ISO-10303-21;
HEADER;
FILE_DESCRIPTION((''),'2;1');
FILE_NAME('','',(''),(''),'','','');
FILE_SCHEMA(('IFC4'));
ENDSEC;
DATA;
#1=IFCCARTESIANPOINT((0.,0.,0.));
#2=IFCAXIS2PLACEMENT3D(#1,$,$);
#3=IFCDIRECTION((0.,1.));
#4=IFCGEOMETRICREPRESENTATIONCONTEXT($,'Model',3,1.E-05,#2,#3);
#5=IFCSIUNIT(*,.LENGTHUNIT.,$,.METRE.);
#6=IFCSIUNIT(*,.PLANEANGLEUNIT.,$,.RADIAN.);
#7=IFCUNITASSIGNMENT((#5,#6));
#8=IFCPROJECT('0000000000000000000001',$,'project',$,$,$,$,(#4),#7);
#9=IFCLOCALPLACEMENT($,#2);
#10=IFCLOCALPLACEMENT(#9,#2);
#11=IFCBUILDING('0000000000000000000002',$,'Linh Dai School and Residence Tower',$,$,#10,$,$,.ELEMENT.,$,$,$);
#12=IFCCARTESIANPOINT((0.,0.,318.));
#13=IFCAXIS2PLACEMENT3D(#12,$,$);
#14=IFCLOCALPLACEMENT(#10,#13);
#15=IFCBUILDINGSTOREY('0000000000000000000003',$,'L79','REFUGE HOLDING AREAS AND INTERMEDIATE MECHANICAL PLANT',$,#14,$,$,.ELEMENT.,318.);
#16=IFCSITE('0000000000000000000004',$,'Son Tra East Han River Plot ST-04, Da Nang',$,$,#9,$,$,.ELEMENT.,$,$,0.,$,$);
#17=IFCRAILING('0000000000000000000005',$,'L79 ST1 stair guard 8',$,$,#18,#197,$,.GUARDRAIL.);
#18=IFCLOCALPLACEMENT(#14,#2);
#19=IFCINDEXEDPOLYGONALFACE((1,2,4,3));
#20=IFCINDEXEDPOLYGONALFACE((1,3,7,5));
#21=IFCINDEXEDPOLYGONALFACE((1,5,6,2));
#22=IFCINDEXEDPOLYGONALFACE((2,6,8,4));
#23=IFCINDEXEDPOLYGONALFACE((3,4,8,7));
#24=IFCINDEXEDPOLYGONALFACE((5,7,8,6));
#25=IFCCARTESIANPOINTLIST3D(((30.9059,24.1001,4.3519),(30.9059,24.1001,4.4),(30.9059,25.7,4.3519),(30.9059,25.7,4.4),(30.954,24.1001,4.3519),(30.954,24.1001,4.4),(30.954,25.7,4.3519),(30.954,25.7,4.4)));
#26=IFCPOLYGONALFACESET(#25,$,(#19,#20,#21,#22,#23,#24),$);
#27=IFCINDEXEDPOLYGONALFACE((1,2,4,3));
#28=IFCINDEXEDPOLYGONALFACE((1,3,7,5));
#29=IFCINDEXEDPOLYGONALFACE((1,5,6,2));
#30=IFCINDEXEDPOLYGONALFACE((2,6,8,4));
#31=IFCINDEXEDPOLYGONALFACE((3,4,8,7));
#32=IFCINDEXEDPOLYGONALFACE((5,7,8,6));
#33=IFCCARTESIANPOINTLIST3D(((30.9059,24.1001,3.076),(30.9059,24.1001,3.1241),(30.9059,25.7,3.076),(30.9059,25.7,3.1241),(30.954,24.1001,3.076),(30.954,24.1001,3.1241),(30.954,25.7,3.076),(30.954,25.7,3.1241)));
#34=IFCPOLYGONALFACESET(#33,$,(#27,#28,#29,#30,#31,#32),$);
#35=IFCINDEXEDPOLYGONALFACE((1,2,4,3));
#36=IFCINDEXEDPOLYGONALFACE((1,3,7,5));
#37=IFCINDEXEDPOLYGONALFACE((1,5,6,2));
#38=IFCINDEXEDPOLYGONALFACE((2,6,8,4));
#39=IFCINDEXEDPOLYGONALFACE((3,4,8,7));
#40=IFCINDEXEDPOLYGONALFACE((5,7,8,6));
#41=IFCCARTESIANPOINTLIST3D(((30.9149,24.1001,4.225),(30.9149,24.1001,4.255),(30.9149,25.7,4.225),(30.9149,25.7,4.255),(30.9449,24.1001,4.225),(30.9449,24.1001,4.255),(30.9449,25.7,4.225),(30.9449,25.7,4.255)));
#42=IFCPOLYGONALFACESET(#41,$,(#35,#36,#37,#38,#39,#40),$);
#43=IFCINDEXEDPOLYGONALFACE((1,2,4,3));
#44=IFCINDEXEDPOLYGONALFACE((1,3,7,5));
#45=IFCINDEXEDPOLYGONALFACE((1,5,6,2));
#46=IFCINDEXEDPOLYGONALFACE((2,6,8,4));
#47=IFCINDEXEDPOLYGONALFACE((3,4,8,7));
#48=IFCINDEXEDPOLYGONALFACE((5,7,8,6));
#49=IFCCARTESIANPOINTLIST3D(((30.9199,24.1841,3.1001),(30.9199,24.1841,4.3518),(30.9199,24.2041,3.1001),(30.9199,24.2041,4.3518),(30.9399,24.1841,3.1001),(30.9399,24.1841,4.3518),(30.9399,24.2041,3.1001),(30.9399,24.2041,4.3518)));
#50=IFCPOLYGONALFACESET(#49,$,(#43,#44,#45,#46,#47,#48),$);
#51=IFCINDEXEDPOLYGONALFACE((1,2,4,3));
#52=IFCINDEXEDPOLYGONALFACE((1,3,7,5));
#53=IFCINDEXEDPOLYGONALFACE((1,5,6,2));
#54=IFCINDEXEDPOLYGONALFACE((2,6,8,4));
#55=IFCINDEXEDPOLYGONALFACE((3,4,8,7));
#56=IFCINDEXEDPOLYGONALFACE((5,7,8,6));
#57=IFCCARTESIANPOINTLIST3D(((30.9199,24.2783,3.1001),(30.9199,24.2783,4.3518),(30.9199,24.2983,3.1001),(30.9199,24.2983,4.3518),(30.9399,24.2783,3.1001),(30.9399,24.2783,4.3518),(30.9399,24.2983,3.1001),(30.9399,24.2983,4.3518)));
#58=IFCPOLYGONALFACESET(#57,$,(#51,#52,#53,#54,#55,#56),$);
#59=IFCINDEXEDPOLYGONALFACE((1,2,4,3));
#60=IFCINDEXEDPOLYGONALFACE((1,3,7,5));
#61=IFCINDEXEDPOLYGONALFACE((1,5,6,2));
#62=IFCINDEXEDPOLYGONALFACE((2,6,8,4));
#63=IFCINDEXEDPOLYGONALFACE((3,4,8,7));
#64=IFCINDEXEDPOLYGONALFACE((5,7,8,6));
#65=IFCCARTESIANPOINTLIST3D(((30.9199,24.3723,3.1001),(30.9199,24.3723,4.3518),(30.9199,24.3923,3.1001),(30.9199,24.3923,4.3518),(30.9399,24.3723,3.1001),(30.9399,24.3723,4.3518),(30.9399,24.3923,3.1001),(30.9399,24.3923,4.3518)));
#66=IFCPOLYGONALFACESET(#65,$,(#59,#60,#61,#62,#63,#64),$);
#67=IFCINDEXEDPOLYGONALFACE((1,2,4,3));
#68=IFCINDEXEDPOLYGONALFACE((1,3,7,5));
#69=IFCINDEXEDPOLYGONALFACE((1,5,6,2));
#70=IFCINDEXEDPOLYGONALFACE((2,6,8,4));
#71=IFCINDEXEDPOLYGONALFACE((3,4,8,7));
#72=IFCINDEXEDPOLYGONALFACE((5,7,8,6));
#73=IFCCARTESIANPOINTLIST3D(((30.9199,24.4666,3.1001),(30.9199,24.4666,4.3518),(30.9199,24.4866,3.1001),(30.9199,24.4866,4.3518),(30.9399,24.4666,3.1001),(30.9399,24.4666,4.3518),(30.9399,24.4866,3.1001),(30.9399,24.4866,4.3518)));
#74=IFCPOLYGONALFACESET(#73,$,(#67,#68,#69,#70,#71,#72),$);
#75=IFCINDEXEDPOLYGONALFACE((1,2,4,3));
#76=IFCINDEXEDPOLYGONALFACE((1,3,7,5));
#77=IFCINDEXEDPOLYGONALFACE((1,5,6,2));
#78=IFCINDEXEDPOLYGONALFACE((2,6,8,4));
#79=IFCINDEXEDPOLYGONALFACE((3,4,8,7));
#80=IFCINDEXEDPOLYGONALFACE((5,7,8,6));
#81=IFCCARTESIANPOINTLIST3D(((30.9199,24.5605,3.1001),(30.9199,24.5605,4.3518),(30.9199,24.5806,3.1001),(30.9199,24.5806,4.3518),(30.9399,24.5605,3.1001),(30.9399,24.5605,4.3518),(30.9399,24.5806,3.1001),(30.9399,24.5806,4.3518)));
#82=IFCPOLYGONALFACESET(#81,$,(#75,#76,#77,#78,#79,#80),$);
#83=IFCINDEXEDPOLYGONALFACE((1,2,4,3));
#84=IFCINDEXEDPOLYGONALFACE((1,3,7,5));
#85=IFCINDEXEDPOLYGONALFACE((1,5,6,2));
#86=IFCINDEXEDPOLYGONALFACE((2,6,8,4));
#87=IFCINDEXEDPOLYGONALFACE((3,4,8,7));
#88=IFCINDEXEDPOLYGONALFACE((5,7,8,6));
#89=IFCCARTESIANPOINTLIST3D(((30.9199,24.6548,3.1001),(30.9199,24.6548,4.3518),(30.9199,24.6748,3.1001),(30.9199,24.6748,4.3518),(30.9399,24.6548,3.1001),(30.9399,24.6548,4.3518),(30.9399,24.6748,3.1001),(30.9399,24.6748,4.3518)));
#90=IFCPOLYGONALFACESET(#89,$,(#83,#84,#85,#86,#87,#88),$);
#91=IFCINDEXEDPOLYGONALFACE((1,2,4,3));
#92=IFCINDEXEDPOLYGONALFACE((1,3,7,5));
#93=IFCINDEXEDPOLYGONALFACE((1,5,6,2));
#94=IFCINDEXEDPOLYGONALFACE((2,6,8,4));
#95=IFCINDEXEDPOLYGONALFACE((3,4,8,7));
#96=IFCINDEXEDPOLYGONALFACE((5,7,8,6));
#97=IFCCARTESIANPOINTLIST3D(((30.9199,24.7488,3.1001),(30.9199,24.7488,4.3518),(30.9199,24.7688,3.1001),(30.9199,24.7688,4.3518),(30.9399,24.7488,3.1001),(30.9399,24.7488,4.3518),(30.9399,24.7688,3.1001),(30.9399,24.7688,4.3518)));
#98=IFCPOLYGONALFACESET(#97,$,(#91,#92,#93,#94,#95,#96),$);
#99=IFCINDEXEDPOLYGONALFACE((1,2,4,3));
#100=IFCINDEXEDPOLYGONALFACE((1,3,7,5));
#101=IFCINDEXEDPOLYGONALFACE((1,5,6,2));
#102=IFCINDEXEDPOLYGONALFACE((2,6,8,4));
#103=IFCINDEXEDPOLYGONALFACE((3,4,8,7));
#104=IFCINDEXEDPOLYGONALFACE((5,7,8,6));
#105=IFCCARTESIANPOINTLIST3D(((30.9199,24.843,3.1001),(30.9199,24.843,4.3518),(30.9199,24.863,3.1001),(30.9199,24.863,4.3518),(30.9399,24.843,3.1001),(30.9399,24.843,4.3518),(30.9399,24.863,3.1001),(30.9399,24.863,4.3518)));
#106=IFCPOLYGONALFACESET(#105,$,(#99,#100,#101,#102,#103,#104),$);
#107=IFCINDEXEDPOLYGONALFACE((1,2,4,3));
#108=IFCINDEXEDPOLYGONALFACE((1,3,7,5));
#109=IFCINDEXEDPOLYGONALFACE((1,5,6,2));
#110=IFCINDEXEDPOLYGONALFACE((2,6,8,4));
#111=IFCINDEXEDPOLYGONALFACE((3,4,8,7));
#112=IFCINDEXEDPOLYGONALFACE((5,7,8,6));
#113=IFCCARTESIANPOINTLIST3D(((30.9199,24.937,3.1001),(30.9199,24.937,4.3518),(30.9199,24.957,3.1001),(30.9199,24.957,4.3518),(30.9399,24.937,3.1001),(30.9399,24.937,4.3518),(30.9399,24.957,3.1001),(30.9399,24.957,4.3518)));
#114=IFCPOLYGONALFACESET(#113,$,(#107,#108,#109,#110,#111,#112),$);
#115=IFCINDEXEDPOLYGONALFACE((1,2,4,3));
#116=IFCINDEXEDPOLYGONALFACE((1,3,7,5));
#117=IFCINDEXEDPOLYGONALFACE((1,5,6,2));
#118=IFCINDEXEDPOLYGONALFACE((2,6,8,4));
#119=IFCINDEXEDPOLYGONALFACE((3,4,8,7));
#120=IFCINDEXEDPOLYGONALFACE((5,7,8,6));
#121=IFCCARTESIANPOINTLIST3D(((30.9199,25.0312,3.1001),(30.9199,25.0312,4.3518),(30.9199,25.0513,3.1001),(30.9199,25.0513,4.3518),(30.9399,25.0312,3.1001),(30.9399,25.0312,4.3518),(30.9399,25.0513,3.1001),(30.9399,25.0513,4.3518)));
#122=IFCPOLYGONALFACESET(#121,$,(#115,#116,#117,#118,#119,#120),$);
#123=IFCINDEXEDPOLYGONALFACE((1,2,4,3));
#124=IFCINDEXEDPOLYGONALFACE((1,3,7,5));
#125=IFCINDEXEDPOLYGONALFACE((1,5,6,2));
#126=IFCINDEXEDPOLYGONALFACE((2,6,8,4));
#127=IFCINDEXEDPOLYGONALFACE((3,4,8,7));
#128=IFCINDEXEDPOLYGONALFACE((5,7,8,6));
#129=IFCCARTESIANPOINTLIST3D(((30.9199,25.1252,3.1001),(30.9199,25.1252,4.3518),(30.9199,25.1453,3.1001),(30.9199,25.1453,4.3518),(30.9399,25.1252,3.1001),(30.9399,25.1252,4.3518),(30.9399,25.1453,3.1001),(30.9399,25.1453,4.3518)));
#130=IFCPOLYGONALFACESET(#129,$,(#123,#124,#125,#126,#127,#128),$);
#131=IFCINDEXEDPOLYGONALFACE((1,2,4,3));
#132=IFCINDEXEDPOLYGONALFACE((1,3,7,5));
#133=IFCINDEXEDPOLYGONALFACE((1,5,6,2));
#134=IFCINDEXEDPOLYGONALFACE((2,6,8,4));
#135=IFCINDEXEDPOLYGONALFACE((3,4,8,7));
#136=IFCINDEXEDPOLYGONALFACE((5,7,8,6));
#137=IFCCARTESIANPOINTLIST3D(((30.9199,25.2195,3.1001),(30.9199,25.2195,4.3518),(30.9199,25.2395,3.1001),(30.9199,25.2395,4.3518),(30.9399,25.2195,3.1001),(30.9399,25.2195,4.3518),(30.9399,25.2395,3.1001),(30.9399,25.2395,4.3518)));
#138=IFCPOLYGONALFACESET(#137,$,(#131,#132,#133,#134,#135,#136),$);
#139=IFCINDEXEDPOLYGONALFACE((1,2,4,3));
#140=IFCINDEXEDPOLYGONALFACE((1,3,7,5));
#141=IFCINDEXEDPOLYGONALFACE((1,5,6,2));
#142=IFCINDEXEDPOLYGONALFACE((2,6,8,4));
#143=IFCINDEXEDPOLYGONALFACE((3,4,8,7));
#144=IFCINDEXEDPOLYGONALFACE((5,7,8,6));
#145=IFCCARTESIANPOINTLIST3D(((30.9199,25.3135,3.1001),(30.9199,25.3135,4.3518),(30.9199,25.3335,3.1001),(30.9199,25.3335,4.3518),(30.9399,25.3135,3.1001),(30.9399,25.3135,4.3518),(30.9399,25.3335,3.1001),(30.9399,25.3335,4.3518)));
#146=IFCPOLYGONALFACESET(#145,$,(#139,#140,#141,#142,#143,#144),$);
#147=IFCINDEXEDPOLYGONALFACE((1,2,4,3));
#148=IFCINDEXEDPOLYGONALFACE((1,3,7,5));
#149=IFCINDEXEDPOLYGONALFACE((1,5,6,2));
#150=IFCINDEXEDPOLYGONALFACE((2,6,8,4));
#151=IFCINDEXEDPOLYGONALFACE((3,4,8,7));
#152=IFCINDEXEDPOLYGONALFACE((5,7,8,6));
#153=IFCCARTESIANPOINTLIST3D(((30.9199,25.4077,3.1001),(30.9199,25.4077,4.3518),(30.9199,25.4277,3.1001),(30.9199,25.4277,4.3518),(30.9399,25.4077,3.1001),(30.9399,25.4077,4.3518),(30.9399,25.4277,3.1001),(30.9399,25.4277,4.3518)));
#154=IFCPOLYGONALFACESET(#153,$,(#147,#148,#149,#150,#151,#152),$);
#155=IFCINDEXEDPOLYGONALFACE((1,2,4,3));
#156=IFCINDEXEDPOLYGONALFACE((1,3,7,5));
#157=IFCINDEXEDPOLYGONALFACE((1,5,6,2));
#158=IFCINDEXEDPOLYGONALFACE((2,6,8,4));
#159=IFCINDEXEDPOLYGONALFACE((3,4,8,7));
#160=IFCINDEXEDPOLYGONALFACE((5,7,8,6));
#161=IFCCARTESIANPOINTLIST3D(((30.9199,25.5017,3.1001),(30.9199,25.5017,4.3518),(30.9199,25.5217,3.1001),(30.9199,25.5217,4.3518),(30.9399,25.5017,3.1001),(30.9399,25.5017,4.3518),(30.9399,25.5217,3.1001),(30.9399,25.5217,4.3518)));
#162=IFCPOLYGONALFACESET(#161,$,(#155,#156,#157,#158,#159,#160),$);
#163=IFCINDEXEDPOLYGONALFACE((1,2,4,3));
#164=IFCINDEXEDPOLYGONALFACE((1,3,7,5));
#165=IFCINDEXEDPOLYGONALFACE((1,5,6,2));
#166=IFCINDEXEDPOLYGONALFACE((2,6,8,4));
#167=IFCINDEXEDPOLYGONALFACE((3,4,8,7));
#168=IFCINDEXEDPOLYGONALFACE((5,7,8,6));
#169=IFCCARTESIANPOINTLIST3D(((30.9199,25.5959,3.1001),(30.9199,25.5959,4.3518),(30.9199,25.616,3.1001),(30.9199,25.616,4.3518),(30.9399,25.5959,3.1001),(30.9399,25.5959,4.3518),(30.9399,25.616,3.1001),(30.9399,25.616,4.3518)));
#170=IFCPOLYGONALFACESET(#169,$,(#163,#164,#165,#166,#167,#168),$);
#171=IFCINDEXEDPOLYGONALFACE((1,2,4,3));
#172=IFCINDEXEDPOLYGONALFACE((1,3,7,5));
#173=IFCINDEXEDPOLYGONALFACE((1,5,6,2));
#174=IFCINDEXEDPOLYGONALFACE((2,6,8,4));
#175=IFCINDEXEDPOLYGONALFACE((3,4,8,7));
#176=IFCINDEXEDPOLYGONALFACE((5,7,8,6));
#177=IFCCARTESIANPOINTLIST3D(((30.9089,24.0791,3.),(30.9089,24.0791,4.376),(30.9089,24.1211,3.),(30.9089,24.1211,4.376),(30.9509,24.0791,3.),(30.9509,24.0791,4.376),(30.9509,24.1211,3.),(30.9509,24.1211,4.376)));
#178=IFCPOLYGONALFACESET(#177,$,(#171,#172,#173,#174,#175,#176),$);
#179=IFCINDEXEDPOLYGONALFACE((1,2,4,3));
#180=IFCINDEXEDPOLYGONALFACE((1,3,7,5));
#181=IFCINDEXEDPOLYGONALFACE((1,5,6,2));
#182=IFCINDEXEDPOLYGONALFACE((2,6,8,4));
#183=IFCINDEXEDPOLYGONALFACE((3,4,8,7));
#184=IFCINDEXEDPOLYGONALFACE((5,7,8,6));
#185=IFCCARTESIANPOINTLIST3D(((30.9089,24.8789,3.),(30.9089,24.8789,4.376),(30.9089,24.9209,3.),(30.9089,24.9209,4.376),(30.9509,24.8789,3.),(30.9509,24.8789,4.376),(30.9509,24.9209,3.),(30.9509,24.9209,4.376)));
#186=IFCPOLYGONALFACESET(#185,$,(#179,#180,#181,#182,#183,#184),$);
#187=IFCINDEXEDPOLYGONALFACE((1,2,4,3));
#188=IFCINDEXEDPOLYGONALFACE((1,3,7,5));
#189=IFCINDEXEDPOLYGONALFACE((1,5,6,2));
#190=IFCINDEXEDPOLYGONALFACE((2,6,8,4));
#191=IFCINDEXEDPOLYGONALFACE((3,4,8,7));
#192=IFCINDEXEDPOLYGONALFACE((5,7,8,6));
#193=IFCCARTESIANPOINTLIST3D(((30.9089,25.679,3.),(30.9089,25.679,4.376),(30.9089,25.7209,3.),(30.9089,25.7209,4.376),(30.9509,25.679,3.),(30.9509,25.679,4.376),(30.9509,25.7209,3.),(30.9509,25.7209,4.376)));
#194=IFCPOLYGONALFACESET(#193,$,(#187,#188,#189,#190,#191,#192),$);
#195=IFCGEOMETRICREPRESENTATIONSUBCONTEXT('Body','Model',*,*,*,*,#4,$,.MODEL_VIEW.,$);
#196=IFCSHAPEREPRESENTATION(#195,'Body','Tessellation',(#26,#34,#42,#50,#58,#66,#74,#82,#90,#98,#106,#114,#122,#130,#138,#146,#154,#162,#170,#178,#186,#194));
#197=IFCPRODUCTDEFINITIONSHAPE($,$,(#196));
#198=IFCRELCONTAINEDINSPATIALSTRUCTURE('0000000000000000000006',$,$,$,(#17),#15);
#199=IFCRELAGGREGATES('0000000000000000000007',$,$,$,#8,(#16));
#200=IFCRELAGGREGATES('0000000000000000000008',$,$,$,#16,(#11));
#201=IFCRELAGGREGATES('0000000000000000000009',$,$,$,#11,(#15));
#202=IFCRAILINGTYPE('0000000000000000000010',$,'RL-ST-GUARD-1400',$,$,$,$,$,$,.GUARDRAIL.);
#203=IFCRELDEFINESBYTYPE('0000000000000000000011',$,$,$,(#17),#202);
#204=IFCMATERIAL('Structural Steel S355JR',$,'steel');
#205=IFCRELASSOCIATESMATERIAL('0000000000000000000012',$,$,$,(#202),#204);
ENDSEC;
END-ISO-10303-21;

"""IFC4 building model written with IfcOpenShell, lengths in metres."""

from ifc_helpers import new_model, si_unit, direction, frame, origin, origin_2d, place, context, subcontext, project, spatial, rectangle, extrude, source, transform, mapped, material, type_object, element, save


model = new_model("IFC4")

# Units and contexts
model_context = context("Model", 3, precision=1e-05, world=origin(), true_north=direction((0.0, 1.0)))
body_context = subcontext(model_context, "Body", "Model", "MODEL_VIEW")
ifc_project = project(units=[si_unit("LENGTHUNIT", "METRE"), si_unit("PLANEANGLEUNIT", "RADIAN")], contexts=[model_context])

# Site, building, storey
site_placement = place(None, origin())
site = spatial("IfcSite", under=ifc_project, at=site_placement, Name="Son Tra East Han River Plot ST-04, Da Nang", CompositionType="ELEMENT", RefElevation=0.0)
building_placement = place(site_placement, origin())
building = spatial("IfcBuilding", under=site, at=building_placement, Name="Linh Dai School and Residence Tower", CompositionType="ELEMENT")
storey_placement = place(building_placement, frame((0.0, 0.0, 318.0)))
storey = spatial("IfcBuildingStorey", under=building, at=storey_placement, Name="L79", Description="REFUGE HOLDING AREAS AND INTERMEDIATE MECHANICAL PLANT", CompositionType="ELEMENT", Elevation=318.0)

# Shared definitions
ifc_material_1 = material(Name="Structural Steel S355JR", Category="steel")

# Railing
railing_type_1 = type_object("IfcRailingType", Name="RL-ST-GUARD-1400", PredefinedType="GUARDRAIL", material=ifc_material_1)
shared_shape_1 = source(origin(), body_context, "Body", "SweptSolid", [
    extrude(rectangle(XDim=0.0481, YDim=0.0481, at=origin_2d()), frame((0.0, 0.0, 1.376), z_axis=(0.0, 1.0, 0.0), x_axis=(-1.0, 0.0, 0.0)), (0.0, 0.0, 1.0), 1.5999),
    extrude(rectangle(XDim=0.0481, YDim=0.0481, at=origin_2d()), frame((0.0, 0.0, 0.1001), z_axis=(0.0, 1.0, 0.0), x_axis=(-1.0, 0.0, 0.0)), (0.0, 0.0, 1.0), 1.5999),
    extrude(rectangle(XDim=0.03, YDim=0.03, at=origin_2d()), frame((0.0, 0.0, 1.24), z_axis=(0.0, 1.0, 0.0), x_axis=(-1.0, 0.0, 0.0)), (0.0, 0.0, 1.0), 1.5999),
    extrude(rectangle(XDim=0.02, YDim=0.02, at=origin_2d()), frame((0.0, 0.094, 0.1001)), (0.0, 0.0, 1.0), 1.2517),
    extrude(rectangle(XDim=0.02, YDim=0.02, at=origin_2d()), frame((0.0, 0.1882, 0.1001)), (0.0, 0.0, 1.0), 1.2517),
    extrude(rectangle(XDim=0.02, YDim=0.02, at=origin_2d()), frame((0.0, 0.2822, 0.1001)), (0.0, 0.0, 1.0), 1.2517),
    extrude(rectangle(XDim=0.02, YDim=0.02, at=origin_2d()), frame((0.0, 0.3765, 0.1001)), (0.0, 0.0, 1.0), 1.2517),
    extrude(rectangle(XDim=0.02, YDim=0.02, at=origin_2d()), frame((0.0, 0.4705, 0.1001)), (0.0, 0.0, 1.0), 1.2517),
    extrude(rectangle(XDim=0.02, YDim=0.02, at=origin_2d()), frame((0.0, 0.5647, 0.1001)), (0.0, 0.0, 1.0), 1.2517),
    extrude(rectangle(XDim=0.02, YDim=0.02, at=origin_2d()), frame((0.0, 0.6587, 0.1001)), (0.0, 0.0, 1.0), 1.2517),
    extrude(rectangle(XDim=0.02, YDim=0.02, at=origin_2d()), frame((0.0, 0.7529, 0.1001)), (0.0, 0.0, 1.0), 1.2517),
    extrude(rectangle(XDim=0.02, YDim=0.02, at=origin_2d()), frame((0.0, 0.8469, 0.1001)), (0.0, 0.0, 1.0), 1.2517),
    extrude(rectangle(XDim=0.02, YDim=0.02, at=origin_2d()), frame((0.0, 0.9412, 0.1001)), (0.0, 0.0, 1.0), 1.2517),
    extrude(rectangle(XDim=0.02, YDim=0.02, at=origin_2d()), frame((0.0, 1.0352, 0.1001)), (0.0, 0.0, 1.0), 1.2517),
    extrude(rectangle(XDim=0.02, YDim=0.02, at=origin_2d()), frame((0.0, 1.1294, 0.1001)), (0.0, 0.0, 1.0), 1.2517),
    extrude(rectangle(XDim=0.02, YDim=0.02, at=origin_2d()), frame((0.0, 1.2234, 0.1001)), (0.0, 0.0, 1.0), 1.2517),
    extrude(rectangle(XDim=0.02, YDim=0.02, at=origin_2d()), frame((0.0, 1.3176, 0.1001)), (0.0, 0.0, 1.0), 1.2517),
    extrude(rectangle(XDim=0.02, YDim=0.02, at=origin_2d()), frame((0.0, 1.4116, 0.1001)), (0.0, 0.0, 1.0), 1.2517),
    extrude(rectangle(XDim=0.02, YDim=0.02, at=origin_2d()), frame((0.0, 1.5059, 0.1001)), (0.0, 0.0, 1.0), 1.2517),
    extrude(rectangle(XDim=0.042, YDim=0.042, at=origin_2d()), origin(), (0.0, 0.0, 1.0), 1.376),
    extrude(rectangle(XDim=0.042, YDim=0.042, at=origin_2d()), frame((0.0, 0.7998, 0.0)), (0.0, 0.0, 1.0), 1.376),
    extrude(rectangle(XDim=0.042, YDim=0.042, at=origin_2d()), frame((0.0, 1.5999, 0.0)), (0.0, 0.0, 1.0), 1.376),
])
for number, where, name in (
    (1, (30.9299, 24.1001, 3.0), "L79 ST1 stair guard 8"),
):
    element("IfcRailing", number, at=place(storey_placement, frame(where)), inside=storey, type_object=railing_type_1, Name=name, PredefinedType="GUARDRAIL", context=body_context, shape_type="MappedRepresentation", body=[
        mapped(shared_shape_1, transform((0.0, 0.0, 0.0), x_axis=(1.0, 0.0, 0.0), y_axis=(0.0, 1.0, 0.0), z_axis=(0.0, 0.0, 1.0), scale=1.0)),
    ])

save(model, "model.ifc")
